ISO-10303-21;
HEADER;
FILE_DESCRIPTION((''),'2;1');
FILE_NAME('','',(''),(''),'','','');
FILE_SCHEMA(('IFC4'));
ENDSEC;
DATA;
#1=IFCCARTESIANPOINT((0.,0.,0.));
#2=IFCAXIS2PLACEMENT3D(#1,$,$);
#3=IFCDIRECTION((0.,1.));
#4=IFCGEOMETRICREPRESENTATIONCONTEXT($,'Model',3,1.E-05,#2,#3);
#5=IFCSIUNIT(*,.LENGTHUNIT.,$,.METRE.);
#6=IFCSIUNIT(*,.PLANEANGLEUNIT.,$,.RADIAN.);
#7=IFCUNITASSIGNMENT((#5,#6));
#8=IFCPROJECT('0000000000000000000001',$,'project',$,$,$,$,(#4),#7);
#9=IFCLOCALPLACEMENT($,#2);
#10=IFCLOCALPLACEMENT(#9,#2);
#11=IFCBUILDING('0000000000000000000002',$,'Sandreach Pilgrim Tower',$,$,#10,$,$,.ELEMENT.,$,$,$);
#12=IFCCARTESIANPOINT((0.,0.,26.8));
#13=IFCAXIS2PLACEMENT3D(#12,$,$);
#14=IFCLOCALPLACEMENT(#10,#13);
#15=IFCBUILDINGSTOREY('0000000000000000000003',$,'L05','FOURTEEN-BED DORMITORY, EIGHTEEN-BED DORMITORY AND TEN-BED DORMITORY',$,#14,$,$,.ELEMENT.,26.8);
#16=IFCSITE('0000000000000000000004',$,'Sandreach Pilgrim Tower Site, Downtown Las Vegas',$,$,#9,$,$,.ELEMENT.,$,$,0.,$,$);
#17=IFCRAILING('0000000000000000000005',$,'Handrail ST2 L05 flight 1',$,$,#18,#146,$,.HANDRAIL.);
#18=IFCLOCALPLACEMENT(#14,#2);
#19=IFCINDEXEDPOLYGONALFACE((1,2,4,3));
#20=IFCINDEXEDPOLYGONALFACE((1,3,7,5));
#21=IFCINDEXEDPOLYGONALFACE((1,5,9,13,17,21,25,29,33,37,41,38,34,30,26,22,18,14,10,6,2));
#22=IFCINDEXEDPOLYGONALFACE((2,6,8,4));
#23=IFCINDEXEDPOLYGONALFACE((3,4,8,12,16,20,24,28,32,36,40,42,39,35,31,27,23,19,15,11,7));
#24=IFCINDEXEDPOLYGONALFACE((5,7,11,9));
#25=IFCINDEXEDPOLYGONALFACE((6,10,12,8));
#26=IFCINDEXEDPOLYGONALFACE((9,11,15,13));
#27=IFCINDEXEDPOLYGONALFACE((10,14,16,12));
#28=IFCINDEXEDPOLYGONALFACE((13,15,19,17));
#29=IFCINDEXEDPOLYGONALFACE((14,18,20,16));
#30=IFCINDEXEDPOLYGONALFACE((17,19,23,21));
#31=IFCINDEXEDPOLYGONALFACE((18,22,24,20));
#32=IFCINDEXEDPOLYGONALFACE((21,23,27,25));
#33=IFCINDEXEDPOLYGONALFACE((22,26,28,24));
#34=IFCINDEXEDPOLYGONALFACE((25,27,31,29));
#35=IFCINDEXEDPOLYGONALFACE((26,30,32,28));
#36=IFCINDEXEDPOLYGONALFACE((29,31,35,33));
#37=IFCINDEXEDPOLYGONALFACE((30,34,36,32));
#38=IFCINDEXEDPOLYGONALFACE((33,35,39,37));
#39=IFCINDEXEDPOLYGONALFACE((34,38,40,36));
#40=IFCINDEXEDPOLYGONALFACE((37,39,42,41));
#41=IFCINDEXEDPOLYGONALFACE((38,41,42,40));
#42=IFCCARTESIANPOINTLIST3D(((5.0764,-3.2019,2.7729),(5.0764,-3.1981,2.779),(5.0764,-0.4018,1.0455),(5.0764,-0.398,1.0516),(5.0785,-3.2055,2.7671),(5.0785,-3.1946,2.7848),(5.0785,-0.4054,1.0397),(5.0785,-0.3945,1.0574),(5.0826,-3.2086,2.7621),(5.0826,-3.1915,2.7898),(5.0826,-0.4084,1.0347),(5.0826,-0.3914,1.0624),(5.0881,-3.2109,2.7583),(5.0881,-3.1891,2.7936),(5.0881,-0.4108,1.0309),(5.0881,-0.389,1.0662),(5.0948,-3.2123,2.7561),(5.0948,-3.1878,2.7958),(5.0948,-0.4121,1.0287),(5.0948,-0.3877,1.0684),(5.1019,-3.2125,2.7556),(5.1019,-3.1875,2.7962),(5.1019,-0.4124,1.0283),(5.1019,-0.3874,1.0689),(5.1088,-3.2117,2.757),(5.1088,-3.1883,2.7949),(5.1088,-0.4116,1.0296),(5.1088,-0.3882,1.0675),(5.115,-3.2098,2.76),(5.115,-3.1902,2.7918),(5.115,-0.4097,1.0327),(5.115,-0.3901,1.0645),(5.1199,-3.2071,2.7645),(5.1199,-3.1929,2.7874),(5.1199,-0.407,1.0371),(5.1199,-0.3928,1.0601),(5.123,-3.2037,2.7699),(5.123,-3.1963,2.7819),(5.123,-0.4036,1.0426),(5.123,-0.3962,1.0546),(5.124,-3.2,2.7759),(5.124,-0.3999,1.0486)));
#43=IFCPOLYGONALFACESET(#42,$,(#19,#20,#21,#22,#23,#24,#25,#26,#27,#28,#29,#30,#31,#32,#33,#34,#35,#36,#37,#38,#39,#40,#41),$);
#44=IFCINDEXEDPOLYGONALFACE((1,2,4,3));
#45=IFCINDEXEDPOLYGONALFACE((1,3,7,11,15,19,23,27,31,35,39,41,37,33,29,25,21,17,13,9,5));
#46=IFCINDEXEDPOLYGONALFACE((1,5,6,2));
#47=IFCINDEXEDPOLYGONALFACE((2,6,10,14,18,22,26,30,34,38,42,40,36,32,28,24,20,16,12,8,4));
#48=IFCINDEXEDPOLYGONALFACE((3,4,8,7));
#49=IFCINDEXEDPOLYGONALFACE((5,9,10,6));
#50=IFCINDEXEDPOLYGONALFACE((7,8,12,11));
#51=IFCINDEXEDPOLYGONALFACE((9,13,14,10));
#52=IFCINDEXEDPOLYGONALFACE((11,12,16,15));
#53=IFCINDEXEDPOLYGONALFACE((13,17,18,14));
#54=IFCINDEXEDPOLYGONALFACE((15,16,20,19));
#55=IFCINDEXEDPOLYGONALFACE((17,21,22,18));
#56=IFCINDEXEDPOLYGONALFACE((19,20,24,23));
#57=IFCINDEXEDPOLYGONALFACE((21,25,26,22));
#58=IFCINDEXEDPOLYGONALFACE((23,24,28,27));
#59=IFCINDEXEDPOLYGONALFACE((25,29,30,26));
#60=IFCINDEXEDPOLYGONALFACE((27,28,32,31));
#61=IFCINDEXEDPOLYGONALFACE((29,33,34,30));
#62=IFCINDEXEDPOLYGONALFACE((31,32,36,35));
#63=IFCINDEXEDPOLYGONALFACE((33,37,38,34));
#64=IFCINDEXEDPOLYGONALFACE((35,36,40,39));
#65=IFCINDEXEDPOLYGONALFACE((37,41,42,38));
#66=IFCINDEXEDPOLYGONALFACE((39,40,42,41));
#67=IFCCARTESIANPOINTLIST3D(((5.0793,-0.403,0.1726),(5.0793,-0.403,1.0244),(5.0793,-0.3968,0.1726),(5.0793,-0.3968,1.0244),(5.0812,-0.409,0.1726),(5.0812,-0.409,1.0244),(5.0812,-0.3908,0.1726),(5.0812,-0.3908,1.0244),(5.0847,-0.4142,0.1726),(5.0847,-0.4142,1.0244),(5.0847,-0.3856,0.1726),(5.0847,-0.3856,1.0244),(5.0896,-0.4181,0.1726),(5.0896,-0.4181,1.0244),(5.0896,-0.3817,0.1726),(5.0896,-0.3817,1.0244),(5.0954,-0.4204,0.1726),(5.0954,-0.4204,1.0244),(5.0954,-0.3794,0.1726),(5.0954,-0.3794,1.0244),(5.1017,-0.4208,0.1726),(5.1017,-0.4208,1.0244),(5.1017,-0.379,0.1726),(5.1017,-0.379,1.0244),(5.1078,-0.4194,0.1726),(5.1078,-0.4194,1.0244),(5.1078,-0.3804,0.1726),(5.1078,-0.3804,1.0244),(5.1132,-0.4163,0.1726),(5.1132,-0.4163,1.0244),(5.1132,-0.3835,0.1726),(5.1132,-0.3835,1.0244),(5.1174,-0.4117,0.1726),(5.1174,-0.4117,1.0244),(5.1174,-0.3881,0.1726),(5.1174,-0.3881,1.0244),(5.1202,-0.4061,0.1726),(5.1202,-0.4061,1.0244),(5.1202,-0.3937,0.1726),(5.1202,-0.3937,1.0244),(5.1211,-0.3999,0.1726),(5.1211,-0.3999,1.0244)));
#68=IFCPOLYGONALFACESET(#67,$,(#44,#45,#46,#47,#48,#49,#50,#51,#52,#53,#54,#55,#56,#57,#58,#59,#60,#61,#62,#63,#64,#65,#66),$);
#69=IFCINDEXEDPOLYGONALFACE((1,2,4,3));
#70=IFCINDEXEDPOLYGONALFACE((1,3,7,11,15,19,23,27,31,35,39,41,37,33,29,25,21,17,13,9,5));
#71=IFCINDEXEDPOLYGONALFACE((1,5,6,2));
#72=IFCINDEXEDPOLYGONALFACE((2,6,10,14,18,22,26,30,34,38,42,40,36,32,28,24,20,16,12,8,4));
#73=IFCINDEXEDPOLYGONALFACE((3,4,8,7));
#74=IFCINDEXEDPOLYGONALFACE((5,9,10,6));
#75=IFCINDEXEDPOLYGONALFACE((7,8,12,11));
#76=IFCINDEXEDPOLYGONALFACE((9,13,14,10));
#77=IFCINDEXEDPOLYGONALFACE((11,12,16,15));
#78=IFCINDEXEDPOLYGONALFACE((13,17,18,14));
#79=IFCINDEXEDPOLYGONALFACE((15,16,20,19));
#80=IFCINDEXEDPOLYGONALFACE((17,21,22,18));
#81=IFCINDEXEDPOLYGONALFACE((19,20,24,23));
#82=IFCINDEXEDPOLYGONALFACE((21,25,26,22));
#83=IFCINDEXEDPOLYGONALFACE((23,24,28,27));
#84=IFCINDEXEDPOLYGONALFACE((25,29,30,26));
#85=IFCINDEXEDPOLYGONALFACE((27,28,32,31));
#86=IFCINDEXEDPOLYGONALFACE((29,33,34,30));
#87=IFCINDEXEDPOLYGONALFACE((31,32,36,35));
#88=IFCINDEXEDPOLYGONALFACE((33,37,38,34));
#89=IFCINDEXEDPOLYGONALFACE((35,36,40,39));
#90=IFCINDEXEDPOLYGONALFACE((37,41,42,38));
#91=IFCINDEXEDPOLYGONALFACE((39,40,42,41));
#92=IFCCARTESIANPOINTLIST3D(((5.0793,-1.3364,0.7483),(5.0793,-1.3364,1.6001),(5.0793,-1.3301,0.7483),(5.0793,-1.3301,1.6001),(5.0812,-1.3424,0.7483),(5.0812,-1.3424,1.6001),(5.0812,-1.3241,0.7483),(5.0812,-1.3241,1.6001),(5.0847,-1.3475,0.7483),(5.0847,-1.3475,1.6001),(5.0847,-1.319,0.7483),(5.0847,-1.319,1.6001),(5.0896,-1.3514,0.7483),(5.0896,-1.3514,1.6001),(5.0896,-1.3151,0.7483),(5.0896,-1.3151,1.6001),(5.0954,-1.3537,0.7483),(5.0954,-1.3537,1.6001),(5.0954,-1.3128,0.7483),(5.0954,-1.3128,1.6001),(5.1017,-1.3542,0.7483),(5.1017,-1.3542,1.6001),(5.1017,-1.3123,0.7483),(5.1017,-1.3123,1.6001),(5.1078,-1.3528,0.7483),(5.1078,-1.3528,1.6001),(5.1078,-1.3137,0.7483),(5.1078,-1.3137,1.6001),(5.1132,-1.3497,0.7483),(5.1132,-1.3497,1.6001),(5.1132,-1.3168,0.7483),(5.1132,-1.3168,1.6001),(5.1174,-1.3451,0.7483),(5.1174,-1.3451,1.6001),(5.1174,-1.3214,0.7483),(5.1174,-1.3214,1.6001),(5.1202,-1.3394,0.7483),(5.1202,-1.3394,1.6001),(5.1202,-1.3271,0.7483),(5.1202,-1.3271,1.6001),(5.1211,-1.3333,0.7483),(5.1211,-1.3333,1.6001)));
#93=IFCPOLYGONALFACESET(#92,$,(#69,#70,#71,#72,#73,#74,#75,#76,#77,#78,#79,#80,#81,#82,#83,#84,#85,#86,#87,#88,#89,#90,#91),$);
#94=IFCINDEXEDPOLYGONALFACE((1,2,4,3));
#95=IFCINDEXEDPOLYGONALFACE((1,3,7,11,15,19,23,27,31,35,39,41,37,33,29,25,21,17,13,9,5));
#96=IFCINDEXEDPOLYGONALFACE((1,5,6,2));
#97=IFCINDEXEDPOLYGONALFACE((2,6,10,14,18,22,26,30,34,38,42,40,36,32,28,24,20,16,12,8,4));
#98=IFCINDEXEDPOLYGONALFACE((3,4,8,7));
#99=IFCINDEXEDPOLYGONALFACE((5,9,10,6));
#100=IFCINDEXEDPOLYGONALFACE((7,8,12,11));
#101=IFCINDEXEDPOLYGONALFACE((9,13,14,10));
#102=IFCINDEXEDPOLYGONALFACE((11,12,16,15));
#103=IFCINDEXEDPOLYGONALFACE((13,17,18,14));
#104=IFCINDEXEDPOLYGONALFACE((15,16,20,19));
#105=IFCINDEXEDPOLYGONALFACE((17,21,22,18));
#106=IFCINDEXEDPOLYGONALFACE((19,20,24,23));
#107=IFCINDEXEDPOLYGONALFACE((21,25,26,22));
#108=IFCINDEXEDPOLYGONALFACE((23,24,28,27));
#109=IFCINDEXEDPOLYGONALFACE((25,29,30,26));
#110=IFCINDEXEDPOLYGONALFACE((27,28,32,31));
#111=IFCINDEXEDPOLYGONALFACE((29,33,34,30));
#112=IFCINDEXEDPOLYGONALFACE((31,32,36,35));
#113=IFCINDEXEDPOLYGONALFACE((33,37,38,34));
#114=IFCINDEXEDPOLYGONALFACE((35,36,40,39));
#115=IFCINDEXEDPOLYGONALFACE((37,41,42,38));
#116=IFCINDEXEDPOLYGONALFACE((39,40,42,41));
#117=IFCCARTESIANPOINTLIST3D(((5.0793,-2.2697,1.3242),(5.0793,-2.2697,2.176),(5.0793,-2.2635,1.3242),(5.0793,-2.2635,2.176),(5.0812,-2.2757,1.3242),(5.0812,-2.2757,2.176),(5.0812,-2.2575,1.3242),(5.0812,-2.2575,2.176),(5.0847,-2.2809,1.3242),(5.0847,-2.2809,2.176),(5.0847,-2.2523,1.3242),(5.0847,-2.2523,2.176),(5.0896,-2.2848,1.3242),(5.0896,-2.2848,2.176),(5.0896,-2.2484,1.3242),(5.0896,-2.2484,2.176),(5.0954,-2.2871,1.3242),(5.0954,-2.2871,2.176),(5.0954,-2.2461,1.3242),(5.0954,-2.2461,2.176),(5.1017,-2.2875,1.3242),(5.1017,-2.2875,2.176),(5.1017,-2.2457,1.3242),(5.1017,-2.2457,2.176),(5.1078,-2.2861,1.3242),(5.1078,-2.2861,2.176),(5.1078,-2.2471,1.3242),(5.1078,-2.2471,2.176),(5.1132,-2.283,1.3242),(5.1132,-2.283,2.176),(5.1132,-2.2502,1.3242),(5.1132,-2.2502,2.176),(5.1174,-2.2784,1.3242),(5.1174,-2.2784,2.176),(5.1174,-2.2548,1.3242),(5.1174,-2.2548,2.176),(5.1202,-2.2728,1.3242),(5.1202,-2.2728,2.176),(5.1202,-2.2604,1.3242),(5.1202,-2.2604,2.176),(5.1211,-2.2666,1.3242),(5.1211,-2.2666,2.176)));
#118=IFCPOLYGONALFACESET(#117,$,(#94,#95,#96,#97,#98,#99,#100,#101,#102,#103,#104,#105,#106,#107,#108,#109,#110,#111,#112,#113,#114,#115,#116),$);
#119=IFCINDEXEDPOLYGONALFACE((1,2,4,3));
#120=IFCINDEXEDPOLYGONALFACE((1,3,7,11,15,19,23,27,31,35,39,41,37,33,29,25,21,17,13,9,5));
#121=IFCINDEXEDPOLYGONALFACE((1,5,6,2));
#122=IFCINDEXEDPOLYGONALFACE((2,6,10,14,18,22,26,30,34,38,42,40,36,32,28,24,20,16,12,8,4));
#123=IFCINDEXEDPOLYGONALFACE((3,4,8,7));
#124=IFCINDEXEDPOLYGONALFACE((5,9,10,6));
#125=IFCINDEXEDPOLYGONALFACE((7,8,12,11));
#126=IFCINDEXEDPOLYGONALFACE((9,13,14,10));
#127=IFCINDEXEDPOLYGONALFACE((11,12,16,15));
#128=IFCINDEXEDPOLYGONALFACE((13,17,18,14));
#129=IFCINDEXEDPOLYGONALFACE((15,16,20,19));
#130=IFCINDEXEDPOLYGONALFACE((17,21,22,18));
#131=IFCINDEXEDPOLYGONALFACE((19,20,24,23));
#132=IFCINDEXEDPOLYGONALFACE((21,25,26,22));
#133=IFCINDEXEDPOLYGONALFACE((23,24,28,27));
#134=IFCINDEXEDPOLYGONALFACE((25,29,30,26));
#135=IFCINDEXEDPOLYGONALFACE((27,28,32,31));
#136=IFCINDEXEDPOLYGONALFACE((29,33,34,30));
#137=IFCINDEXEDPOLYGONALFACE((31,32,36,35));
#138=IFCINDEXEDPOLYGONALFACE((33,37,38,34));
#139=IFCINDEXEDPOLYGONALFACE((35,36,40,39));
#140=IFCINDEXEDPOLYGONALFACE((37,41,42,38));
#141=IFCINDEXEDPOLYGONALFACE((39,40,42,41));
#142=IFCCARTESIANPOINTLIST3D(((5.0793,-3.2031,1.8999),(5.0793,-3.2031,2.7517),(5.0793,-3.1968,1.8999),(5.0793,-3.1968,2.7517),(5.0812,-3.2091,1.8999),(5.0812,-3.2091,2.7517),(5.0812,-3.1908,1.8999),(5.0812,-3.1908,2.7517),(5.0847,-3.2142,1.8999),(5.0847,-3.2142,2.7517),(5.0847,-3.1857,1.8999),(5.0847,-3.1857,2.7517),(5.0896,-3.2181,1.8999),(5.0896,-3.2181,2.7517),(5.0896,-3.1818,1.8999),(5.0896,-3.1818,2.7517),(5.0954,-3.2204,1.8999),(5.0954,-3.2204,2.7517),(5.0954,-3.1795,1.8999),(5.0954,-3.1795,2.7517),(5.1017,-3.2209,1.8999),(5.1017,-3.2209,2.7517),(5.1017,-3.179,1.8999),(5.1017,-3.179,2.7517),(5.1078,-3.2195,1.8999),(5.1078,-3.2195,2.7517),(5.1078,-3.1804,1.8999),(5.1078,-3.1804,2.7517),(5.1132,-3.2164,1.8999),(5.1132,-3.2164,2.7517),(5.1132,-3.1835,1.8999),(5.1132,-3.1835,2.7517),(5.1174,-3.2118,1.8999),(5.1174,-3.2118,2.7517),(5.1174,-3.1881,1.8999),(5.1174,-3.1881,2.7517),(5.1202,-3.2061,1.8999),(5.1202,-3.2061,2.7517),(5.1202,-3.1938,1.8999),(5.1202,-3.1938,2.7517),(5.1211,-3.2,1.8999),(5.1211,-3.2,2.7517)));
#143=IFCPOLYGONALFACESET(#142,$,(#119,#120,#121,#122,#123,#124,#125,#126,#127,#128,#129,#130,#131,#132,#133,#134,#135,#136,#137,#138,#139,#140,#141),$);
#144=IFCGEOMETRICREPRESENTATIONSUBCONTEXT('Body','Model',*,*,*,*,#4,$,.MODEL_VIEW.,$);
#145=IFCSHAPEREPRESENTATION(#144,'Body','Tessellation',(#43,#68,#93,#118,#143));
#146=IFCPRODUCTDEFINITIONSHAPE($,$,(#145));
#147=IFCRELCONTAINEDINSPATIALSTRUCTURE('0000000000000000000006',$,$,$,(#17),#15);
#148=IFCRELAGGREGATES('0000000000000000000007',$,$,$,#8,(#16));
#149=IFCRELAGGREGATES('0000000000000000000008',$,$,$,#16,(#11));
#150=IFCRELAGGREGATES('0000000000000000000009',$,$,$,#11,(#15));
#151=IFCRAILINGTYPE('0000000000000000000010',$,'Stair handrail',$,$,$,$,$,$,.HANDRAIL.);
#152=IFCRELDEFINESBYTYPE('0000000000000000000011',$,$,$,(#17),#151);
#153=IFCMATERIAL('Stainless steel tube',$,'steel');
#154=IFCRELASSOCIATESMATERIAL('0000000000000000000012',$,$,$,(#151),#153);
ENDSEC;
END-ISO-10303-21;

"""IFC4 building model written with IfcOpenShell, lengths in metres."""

from ifc_helpers import new_model, si_unit, direction, frame, origin, origin_2d, place, context, subcontext, project, spatial, circle, extrude, material, type_object, element, save


model = new_model("IFC4")

# Units and contexts
model_context = context("Model", 3, precision=1e-05, world=origin(), true_north=direction((0.0, 1.0)))
body_context = subcontext(model_context, "Body", "Model", "MODEL_VIEW")
ifc_project = project(units=[si_unit("LENGTHUNIT", "METRE"), si_unit("PLANEANGLEUNIT", "RADIAN")], contexts=[model_context])

# Site, building, storey
site_placement = place(None, origin())
site = spatial("IfcSite", under=ifc_project, at=site_placement, Name="Sandreach Pilgrim Tower Site, Downtown Las Vegas", CompositionType="ELEMENT", RefElevation=0.0)
building_placement = place(site_placement, origin())
building = spatial("IfcBuilding", under=site, at=building_placement, Name="Sandreach Pilgrim Tower", CompositionType="ELEMENT")
storey_placement = place(building_placement, frame((0.0, 0.0, 26.8)))
storey = spatial("IfcBuildingStorey", under=building, at=storey_placement, Name="L05", Description="FOURTEEN-BED DORMITORY, EIGHTEEN-BED DORMITORY AND TEN-BED DORMITORY", CompositionType="ELEMENT", Elevation=26.8)

# Railing
ifc_material_1 = material(Name="Stainless steel tube", Category="steel")
railing_type = type_object("IfcRailingType", Name="Stair handrail", PredefinedType="HANDRAIL", material=ifc_material_1)
railing_placement = place(storey_placement, frame((5.1001, -0.3999, 0.1726)))
element("IfcRailing", 1, at=railing_placement, inside=storey, type_object=railing_type, Name="Handrail ST2 L05 flight 1", PredefinedType="HANDRAIL", context=body_context, shape_type="SweptSolid", body=[
    extrude(circle(Radius=0.0239, at=origin_2d()), frame((0.0, 0.0, 0.876), z_axis=(0.0, -0.85109, 0.52502), x_axis=(1.0, 0.0, 0.0)), (0.0, 0.0, 1.0), 3.29),
    extrude(circle(Radius=0.021, at=origin_2d()), origin(), (0.0, 0.0, 1.0), 0.8518),
    extrude(circle(Radius=0.021, at=origin_2d()), frame((0.0, -0.9333, 0.5757)), (0.0, 0.0, 1.0), 0.8518),
    extrude(circle(Radius=0.021, at=origin_2d()), frame((0.0, -1.8667, 1.1516)), (0.0, 0.0, 1.0), 0.8518),
    extrude(circle(Radius=0.021, at=origin_2d()), frame((0.0, -2.8, 1.7273)), (0.0, 0.0, 1.0), 0.8518),
])

save(model, "model.ifc")
